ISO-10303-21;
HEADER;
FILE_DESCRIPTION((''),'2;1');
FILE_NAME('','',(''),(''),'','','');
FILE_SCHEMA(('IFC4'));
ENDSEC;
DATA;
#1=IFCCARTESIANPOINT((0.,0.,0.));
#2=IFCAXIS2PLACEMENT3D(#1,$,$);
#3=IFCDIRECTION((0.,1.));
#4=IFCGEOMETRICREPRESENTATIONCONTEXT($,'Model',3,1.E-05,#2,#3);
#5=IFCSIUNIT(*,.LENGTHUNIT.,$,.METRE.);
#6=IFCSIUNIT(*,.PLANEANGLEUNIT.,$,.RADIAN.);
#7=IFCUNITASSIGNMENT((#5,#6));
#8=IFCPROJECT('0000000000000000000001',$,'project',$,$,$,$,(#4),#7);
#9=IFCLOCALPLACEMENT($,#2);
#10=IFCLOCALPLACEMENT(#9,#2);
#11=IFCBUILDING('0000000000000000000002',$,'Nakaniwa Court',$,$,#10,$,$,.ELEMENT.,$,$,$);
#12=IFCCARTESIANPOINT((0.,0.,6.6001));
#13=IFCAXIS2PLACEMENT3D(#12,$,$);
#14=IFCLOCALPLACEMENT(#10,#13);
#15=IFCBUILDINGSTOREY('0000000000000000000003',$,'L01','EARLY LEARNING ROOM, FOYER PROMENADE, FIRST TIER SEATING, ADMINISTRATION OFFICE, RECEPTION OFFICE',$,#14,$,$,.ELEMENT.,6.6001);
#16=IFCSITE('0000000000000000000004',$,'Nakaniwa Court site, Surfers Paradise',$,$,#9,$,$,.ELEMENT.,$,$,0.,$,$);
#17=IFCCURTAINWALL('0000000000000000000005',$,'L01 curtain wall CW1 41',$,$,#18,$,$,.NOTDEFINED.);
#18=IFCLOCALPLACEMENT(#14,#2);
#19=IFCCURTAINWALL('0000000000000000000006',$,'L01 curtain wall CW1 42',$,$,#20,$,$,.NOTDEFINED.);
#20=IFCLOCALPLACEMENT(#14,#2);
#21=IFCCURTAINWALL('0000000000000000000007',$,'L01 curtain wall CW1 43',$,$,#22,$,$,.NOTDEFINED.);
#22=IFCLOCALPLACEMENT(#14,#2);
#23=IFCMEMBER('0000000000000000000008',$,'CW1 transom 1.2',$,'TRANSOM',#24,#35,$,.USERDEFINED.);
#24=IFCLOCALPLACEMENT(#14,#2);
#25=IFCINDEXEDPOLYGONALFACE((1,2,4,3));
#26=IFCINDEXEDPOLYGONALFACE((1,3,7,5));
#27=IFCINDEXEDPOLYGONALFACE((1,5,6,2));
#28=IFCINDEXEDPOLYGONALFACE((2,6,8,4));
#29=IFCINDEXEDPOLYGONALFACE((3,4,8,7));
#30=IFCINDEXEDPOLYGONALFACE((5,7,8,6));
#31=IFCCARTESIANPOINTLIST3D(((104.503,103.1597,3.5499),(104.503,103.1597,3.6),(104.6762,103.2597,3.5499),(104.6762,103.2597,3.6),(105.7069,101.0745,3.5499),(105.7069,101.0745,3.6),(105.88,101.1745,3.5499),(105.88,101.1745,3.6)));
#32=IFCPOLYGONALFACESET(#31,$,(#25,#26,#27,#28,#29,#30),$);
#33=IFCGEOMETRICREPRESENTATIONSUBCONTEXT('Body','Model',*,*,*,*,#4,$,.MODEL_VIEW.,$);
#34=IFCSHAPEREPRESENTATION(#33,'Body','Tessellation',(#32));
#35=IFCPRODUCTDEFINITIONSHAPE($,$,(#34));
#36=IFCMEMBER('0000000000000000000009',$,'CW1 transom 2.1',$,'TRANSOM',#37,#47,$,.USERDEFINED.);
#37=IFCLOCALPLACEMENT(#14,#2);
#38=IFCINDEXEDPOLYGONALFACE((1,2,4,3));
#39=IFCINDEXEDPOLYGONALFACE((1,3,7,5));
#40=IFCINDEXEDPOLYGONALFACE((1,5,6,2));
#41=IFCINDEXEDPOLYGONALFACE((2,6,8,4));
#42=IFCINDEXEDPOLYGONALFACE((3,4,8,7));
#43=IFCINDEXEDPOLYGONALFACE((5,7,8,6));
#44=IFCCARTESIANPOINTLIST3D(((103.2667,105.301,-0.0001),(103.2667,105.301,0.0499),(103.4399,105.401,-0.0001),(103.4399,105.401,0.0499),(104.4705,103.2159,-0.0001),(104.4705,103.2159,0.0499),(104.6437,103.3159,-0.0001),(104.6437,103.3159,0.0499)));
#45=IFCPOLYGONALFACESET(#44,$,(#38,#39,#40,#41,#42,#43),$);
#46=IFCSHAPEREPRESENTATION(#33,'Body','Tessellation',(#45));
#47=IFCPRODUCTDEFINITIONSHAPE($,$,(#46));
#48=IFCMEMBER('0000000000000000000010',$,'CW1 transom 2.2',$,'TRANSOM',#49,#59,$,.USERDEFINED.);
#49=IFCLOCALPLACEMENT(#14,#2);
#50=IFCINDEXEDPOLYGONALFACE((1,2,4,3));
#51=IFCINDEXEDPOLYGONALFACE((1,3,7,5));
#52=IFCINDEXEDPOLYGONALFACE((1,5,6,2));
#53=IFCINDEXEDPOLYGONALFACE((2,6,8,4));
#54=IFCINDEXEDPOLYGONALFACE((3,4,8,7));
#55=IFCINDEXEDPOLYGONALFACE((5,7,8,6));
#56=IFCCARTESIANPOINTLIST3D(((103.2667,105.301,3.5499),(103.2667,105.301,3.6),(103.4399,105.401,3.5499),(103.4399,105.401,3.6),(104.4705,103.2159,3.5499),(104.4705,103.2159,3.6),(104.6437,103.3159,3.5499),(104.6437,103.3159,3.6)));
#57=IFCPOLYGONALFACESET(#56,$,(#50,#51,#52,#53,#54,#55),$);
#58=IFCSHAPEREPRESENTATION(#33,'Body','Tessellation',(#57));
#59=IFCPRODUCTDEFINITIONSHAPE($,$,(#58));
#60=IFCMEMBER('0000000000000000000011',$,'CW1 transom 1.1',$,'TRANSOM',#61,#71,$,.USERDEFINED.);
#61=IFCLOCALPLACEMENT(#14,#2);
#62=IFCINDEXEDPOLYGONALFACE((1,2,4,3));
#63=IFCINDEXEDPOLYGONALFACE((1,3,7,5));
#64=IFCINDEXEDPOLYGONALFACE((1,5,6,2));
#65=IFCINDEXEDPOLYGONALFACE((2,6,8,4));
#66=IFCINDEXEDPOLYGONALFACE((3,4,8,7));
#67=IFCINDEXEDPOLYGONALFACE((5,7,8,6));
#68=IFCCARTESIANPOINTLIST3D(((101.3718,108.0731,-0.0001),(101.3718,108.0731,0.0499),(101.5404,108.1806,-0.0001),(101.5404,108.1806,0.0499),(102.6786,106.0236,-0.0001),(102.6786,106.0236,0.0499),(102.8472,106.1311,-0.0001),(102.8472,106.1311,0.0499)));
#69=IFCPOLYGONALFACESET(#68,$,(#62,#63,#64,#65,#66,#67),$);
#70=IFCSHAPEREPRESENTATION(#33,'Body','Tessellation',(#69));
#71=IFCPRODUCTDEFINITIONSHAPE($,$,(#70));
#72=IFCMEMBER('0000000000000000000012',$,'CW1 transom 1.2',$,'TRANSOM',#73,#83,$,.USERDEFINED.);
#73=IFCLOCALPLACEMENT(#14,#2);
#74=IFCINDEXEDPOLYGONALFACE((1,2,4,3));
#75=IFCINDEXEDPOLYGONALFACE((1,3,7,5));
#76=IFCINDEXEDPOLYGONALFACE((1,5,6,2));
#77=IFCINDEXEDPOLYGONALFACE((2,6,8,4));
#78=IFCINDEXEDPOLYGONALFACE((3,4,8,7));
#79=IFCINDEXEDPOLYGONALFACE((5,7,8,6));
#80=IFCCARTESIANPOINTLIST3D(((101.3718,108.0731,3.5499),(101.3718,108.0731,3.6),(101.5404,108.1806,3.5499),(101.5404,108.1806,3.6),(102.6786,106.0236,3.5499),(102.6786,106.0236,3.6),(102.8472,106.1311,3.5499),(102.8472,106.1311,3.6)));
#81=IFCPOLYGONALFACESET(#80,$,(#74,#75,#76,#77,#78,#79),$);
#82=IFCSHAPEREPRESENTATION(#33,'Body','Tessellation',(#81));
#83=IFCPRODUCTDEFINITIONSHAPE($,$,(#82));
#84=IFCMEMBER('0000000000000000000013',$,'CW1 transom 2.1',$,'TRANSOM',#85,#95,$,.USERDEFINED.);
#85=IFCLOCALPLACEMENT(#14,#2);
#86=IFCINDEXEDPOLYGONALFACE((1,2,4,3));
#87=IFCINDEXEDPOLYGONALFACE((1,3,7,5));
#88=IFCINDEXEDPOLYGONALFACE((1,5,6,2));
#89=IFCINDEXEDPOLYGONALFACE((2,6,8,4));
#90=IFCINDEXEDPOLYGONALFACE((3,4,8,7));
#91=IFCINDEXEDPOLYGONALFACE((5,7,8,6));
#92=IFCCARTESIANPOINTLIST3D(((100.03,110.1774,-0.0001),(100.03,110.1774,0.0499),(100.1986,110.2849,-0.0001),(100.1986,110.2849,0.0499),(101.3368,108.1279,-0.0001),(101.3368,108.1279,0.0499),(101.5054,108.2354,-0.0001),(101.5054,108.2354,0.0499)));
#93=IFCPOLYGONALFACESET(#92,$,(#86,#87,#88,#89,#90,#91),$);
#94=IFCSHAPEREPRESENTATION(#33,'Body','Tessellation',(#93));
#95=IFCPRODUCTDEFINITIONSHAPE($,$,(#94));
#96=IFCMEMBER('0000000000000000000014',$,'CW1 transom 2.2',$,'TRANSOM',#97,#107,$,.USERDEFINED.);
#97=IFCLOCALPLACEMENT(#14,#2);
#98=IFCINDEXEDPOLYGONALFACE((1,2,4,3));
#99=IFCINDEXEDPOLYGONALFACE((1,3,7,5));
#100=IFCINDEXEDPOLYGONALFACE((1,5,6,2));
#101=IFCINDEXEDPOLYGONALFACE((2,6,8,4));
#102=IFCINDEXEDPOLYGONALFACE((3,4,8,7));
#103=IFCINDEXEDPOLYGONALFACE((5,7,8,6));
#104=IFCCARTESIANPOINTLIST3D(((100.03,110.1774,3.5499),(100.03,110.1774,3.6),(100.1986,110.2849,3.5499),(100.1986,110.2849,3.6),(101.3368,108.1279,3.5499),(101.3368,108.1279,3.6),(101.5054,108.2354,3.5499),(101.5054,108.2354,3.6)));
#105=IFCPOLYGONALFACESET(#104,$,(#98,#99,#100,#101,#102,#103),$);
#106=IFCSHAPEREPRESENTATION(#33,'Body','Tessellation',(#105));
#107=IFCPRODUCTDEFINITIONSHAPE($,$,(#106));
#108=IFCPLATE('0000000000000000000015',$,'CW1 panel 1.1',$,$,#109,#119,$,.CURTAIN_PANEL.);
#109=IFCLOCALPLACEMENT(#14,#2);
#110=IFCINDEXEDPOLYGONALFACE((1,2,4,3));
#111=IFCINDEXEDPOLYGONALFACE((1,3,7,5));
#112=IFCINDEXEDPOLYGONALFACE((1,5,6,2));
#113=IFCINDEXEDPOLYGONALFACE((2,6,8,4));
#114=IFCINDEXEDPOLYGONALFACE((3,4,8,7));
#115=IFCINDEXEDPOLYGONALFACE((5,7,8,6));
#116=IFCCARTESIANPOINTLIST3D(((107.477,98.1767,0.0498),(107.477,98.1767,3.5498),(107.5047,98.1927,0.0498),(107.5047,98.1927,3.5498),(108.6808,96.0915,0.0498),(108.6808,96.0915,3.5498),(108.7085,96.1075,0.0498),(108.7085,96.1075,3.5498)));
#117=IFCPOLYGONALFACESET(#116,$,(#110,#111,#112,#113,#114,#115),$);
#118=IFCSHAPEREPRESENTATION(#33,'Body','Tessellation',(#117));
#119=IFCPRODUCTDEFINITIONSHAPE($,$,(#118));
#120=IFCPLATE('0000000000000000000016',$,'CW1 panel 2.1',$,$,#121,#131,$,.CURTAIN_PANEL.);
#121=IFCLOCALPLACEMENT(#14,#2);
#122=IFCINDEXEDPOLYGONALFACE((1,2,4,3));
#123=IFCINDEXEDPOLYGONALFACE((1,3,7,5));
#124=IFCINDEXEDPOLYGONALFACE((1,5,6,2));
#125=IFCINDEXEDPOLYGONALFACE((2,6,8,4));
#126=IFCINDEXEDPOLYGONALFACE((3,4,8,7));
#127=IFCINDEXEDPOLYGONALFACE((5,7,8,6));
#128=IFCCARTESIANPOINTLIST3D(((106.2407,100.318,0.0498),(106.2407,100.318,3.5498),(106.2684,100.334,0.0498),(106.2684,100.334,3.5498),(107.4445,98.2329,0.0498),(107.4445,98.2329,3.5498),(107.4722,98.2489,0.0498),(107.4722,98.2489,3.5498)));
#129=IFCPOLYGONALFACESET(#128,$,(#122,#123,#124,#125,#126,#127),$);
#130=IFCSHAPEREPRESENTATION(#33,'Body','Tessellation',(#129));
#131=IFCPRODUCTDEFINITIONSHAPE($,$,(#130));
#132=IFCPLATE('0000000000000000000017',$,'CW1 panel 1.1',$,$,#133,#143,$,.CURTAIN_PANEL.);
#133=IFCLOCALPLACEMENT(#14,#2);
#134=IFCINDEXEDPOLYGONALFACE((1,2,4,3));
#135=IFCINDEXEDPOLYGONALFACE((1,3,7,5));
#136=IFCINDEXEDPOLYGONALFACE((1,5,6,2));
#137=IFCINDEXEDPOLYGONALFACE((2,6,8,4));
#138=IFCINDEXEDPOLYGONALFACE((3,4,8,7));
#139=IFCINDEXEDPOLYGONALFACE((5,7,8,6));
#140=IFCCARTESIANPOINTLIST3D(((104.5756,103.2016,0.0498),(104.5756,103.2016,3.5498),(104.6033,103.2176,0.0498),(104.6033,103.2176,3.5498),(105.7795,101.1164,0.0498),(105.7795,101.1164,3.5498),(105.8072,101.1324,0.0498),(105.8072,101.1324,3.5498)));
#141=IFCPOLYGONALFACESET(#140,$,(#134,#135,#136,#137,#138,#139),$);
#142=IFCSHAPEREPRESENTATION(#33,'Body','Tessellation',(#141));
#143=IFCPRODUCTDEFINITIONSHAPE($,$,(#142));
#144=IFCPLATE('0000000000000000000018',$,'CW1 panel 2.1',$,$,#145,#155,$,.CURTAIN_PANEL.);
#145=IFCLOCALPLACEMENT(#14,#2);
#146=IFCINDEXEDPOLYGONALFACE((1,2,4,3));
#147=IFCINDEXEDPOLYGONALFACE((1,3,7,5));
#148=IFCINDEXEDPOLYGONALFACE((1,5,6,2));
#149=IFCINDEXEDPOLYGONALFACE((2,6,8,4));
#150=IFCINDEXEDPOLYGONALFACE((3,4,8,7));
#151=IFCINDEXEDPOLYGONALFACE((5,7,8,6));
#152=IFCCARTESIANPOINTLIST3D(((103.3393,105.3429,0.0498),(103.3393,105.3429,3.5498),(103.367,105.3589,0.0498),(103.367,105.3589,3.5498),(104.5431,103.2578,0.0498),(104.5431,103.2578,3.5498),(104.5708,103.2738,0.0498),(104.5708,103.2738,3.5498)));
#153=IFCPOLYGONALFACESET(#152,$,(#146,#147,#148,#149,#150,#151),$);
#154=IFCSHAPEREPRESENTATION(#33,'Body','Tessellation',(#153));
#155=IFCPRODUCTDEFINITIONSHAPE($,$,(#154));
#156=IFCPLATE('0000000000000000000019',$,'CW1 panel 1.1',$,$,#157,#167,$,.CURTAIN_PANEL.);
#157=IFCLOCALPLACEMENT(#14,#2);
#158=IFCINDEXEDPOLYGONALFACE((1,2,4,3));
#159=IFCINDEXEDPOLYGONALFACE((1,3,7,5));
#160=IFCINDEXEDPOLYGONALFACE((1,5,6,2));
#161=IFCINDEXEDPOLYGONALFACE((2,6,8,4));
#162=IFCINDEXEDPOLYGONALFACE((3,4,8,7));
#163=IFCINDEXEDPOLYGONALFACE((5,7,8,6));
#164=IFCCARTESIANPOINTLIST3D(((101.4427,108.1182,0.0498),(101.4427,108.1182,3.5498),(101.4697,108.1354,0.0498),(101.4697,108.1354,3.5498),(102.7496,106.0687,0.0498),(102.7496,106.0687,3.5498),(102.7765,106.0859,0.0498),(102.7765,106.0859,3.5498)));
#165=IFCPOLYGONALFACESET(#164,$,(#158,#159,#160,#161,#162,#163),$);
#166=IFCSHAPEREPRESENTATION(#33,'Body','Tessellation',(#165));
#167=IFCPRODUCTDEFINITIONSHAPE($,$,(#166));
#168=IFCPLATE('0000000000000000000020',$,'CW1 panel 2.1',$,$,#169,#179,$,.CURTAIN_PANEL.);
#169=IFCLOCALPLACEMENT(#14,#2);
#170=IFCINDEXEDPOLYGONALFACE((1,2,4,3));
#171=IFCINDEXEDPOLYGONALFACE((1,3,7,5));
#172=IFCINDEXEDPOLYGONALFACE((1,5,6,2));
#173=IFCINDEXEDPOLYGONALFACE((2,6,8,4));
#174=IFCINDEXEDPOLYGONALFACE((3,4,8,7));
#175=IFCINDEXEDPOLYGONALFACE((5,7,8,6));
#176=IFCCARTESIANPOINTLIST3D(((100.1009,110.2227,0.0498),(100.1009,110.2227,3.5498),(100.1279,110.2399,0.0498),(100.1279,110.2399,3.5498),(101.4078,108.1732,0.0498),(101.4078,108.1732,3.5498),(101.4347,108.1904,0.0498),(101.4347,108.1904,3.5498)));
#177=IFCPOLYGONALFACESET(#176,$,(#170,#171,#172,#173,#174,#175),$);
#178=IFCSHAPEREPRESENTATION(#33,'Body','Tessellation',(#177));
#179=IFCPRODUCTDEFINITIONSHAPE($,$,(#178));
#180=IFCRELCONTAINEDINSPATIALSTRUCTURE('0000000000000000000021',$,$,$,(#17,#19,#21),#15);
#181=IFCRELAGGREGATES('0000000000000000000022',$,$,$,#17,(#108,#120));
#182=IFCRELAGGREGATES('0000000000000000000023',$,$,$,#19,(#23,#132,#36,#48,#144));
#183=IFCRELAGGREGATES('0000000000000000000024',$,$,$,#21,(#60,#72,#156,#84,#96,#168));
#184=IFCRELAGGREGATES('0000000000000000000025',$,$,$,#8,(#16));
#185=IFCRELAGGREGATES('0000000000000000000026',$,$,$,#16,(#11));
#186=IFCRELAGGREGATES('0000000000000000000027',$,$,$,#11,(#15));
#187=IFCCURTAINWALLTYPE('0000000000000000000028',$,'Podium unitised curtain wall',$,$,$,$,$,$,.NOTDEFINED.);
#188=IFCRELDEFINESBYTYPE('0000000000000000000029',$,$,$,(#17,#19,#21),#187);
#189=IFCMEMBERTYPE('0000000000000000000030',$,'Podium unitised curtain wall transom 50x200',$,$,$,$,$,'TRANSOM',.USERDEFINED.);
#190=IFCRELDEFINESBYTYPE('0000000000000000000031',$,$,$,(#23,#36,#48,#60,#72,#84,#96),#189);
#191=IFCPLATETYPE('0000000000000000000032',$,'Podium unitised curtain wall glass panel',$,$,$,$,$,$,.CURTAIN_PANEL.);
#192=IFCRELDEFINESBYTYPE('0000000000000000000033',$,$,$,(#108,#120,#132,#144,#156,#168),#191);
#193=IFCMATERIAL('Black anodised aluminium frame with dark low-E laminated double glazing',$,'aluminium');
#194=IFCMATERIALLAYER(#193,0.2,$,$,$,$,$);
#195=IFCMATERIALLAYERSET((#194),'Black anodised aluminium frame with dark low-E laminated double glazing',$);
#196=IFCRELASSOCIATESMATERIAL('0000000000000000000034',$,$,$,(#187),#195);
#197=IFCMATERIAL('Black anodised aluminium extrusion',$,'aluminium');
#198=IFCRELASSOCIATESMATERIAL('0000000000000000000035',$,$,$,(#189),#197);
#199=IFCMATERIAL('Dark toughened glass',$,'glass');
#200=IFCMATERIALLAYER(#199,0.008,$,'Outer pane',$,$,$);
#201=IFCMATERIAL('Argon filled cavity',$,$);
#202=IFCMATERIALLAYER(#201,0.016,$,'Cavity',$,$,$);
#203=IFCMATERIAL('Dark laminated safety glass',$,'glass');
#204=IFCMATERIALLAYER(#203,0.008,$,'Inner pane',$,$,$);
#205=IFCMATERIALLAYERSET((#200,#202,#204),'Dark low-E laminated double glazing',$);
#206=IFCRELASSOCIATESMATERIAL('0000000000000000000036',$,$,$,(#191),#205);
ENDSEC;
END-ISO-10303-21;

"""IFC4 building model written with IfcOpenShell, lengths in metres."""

from ifc_helpers import new_model, si_unit, direction, frame, origin, origin_2d, place, context, subcontext, project, spatial, rectangle, extrude, material, layer, layer_set, material_profile, profile_set, type_object, element, aggregate, save


model = new_model("IFC4")

# Units and contexts
model_context = context("Model", 3, precision=1e-05, world=origin(), true_north=direction((0.0, 1.0)))
body_context = subcontext(model_context, "Body", "Model", "MODEL_VIEW")
ifc_project = project(units=[si_unit("LENGTHUNIT", "METRE"), si_unit("PLANEANGLEUNIT", "RADIAN")], contexts=[model_context])

# Site, building, storey
site_placement = place(None, origin())
site = spatial("IfcSite", under=ifc_project, at=site_placement, Name="Nakaniwa Court site, Surfers Paradise", CompositionType="ELEMENT", RefElevation=0.0)
building_placement = place(site_placement, origin())
building = spatial("IfcBuilding", under=site, at=building_placement, Name="Nakaniwa Court", CompositionType="ELEMENT")
storey_placement = place(building_placement, frame((0.0, 0.0, 6.6001)))
storey = spatial("IfcBuildingStorey", under=building, at=storey_placement, Name="L01", Description="EARLY LEARNING ROOM, FOYER PROMENADE, FIRST TIER SEATING, ADMINISTRATION OFFICE, RECEPTION OFFICE", CompositionType="ELEMENT", Elevation=6.6001)

# Curtain walls
ifc_material_1 = material(Name="Black anodised aluminium frame with dark low-E laminated double glazing", Category="aluminium")
ifc_layer_1 = layer(ifc_material_1, 0.2)
ifc_layer_set_1 = layer_set([ifc_layer_1], Name="Black anodised aluminium frame with dark low-E laminated double glazing")
curtain_wall_type = type_object("IfcCurtainWallType", Name="Podium unitised curtain wall", PredefinedType="NOTDEFINED", material=ifc_layer_set_1)
curtain_wall_1_placement = place(storey_placement, origin())
curtain_wall_1 = element("IfcCurtainWall", 1, at=curtain_wall_1_placement, inside=storey, type_object=curtain_wall_type, Name="L01 curtain wall CW1 41", PredefinedType="NOTDEFINED")
ifc_material_2 = material(Name="Black anodised aluminium extrusion", Category="aluminium")
curtain_wall_2_placement = place(storey_placement, origin())
curtain_wall_2 = element("IfcCurtainWall", 2, at=curtain_wall_2_placement, inside=storey, type_object=curtain_wall_type, Name="L01 curtain wall CW1 42", PredefinedType="NOTDEFINED")
curtain_wall_3_placement = place(storey_placement, origin())
curtain_wall_3 = element("IfcCurtainWall", 3, at=curtain_wall_3_placement, inside=storey, type_object=curtain_wall_type, Name="L01 curtain wall CW1 43", PredefinedType="NOTDEFINED")

# Members
ifc_material_profile_1 = material_profile(ifc_material_2, rectangle(XDim=0.2, YDim=0.05, at=origin_2d()), Name="Podium unitised curtain wall transom 50x200")
ifc_profile_set_1 = profile_set([ifc_material_profile_1], Name="Black anodised aluminium extrusion")
member_type_1 = type_object("IfcMemberType", Name="Podium unitised curtain wall transom 50x200", ElementType="TRANSOM", PredefinedType="USERDEFINED", material=ifc_profile_set_1)
member_1_placement = place(storey_placement, frame((105.7935, 101.1245, 3.575), z_axis=(-0.499989, 0.866032, 0.0), x_axis=(-0.866032, -0.499989, 0.0)))
member_1 = element("IfcMember", 4, at=member_1_placement, type_object=member_type_1, Name="CW1 transom 1.2", ObjectType="TRANSOM", PredefinedType="USERDEFINED", context=body_context, shape_type="SweptSolid", body=[
    extrude(rectangle(XDim=0.2, YDim=0.05, at=origin_2d()), origin(), (0.0, 0.0, 1.0), 2.4077),
])
member_2_placement = place(storey_placement, frame((104.5571, 103.2659, 0.0249), z_axis=(-0.499989, 0.866032, 0.0), x_axis=(-0.866032, -0.499989, 0.0)))
member_2 = element("IfcMember", 5, at=member_2_placement, type_object=member_type_1, Name="CW1 transom 2.1", ObjectType="TRANSOM", PredefinedType="USERDEFINED", context=body_context, shape_type="SweptSolid", body=[
    extrude(rectangle(XDim=0.2, YDim=0.05, at=origin_2d()), origin(), (0.0, 0.0, 1.0), 2.4077),
])
member_3_placement = place(storey_placement, frame((104.5571, 103.2659, 3.575), z_axis=(-0.499989, 0.866032, 0.0), x_axis=(-0.866032, -0.499989, 0.0)))
member_3 = element("IfcMember", 6, at=member_3_placement, type_object=member_type_1, Name="CW1 transom 2.2", ObjectType="TRANSOM", PredefinedType="USERDEFINED", context=body_context, shape_type="SweptSolid", body=[
    extrude(rectangle(XDim=0.2, YDim=0.05, at=origin_2d()), origin(), (0.0, 0.0, 1.0), 2.4077),
])
member_4_placement = place(storey_placement, frame((102.7629, 106.0774, 0.0249), z_axis=(-0.537642, 0.843173, 0.0), x_axis=(-0.843173, -0.537642, 0.0)))
member_4 = element("IfcMember", 7, at=member_4_placement, type_object=member_type_1, Name="CW1 transom 1.1", ObjectType="TRANSOM", PredefinedType="USERDEFINED", context=body_context, shape_type="SweptSolid", body=[
    extrude(rectangle(XDim=0.2, YDim=0.05, at=origin_2d()), origin(), (0.0, 0.0, 1.0), 2.4307),
])
member_5_placement = place(storey_placement, frame((102.7629, 106.0774, 3.575), z_axis=(-0.537642, 0.843173, 0.0), x_axis=(-0.843173, -0.537642, 0.0)))
member_5 = element("IfcMember", 8, at=member_5_placement, type_object=member_type_1, Name="CW1 transom 1.2", ObjectType="TRANSOM", PredefinedType="USERDEFINED", context=body_context, shape_type="SweptSolid", body=[
    extrude(rectangle(XDim=0.2, YDim=0.05, at=origin_2d()), origin(), (0.0, 0.0, 1.0), 2.4307),
])
member_6_placement = place(storey_placement, frame((101.4211, 108.1816, 0.0249), z_axis=(-0.537642, 0.843173, 0.0), x_axis=(-0.843173, -0.537642, 0.0)))
member_6 = element("IfcMember", 9, at=member_6_placement, type_object=member_type_1, Name="CW1 transom 2.1", ObjectType="TRANSOM", PredefinedType="USERDEFINED", context=body_context, shape_type="SweptSolid", body=[
    extrude(rectangle(XDim=0.2, YDim=0.05, at=origin_2d()), origin(), (0.0, 0.0, 1.0), 2.4307),
])
member_7_placement = place(storey_placement, frame((101.4211, 108.1816, 3.575), z_axis=(-0.537642, 0.843173, 0.0), x_axis=(-0.843173, -0.537642, 0.0)))
member_7 = element("IfcMember", 10, at=member_7_placement, type_object=member_type_1, Name="CW1 transom 2.2", ObjectType="TRANSOM", PredefinedType="USERDEFINED", context=body_context, shape_type="SweptSolid", body=[
    extrude(rectangle(XDim=0.2, YDim=0.05, at=origin_2d()), origin(), (0.0, 0.0, 1.0), 2.4307),
])

# Plates
ifc_material_3 = material(Name="Dark toughened glass", Category="glass")
ifc_layer_2 = layer(ifc_material_3, 0.008, Name="Outer pane")
ifc_material_4 = material(Name="Argon filled cavity")
ifc_layer_3 = layer(ifc_material_4, 0.016, Name="Cavity")
ifc_material_5 = material(Name="Dark laminated safety glass", Category="glass")
ifc_layer_4 = layer(ifc_material_5, 0.008, Name="Inner pane")
ifc_layer_set_2 = layer_set([ifc_layer_2, ifc_layer_3, ifc_layer_4], Name="Dark low-E laminated double glazing")
plate_type = type_object("IfcPlateType", Name="Podium unitised curtain wall glass panel", PredefinedType="CURTAIN_PANEL", material=ifc_layer_set_2)
plate_1_placement = place(storey_placement, frame((108.0928, 97.1421, 0.0498), z_axis=(0.0, 0.0, 1.0), x_axis=(-0.499994, 0.866029, 0.0)))
plate_1 = element("IfcPlate", 11, at=plate_1_placement, type_object=plate_type, Name="CW1 panel 1.1", PredefinedType="CURTAIN_PANEL", context=body_context, shape_type="SweptSolid", body=[
    extrude(rectangle(XDim=2.4077, YDim=0.032, at=origin_2d()), origin(), (0.0, 0.0, 1.0), 3.5),
])
plate_2_placement = place(storey_placement, frame((106.8564, 99.2834, 0.0498), z_axis=(0.0, 0.0, 1.0), x_axis=(-0.499994, 0.866029, 0.0)))
plate_2 = element("IfcPlate", 12, at=plate_2_placement, type_object=plate_type, Name="CW1 panel 2.1", PredefinedType="CURTAIN_PANEL", context=body_context, shape_type="SweptSolid", body=[
    extrude(rectangle(XDim=2.4077, YDim=0.032, at=origin_2d()), origin(), (0.0, 0.0, 1.0), 3.5),
])
aggregate(curtain_wall_1, [plate_1, plate_2])
plate_3_placement = place(storey_placement, frame((105.1914, 102.167, 0.0498), z_axis=(0.0, 0.0, 1.0), x_axis=(-0.499988, 0.866032, 0.0)))
plate_3 = element("IfcPlate", 13, at=plate_3_placement, type_object=plate_type, Name="CW1 panel 1.1", PredefinedType="CURTAIN_PANEL", context=body_context, shape_type="SweptSolid", body=[
    extrude(rectangle(XDim=2.4077, YDim=0.032, at=origin_2d()), origin(), (0.0, 0.0, 1.0), 3.5),
])
plate_4_placement = place(storey_placement, frame((103.9551, 104.3083, 0.0498), z_axis=(0.0, 0.0, 1.0), x_axis=(-0.499988, 0.866032, 0.0)))
plate_4 = element("IfcPlate", 14, at=plate_4_placement, type_object=plate_type, Name="CW1 panel 2.1", PredefinedType="CURTAIN_PANEL", context=body_context, shape_type="SweptSolid", body=[
    extrude(rectangle(XDim=2.4077, YDim=0.032, at=origin_2d()), origin(), (0.0, 0.0, 1.0), 3.5),
])
aggregate(curtain_wall_2, [member_1, plate_3, member_2, member_3, plate_4])
plate_5_placement = place(storey_placement, frame((102.1096, 107.1021, 0.0498), z_axis=(0.0, 0.0, 1.0), x_axis=(-0.537644, 0.843172, 0.0)))
plate_5 = element("IfcPlate", 15, at=plate_5_placement, type_object=plate_type, Name="CW1 panel 1.1", PredefinedType="CURTAIN_PANEL", context=body_context, shape_type="SweptSolid", body=[
    extrude(rectangle(XDim=2.4307, YDim=0.032, at=origin_2d()), origin(), (0.0, 0.0, 1.0), 3.5),
])
plate_6_placement = place(storey_placement, frame((100.7678, 109.2065, 0.0498), z_axis=(0.0, 0.0, 1.0), x_axis=(-0.537644, 0.843172, 0.0)))
plate_6 = element("IfcPlate", 16, at=plate_6_placement, type_object=plate_type, Name="CW1 panel 2.1", PredefinedType="CURTAIN_PANEL", context=body_context, shape_type="SweptSolid", body=[
    extrude(rectangle(XDim=2.4307, YDim=0.032, at=origin_2d()), origin(), (0.0, 0.0, 1.0), 3.5),
])
aggregate(curtain_wall_3, [member_4, member_5, plate_5, member_6, member_7, plate_6])

save(model, "model.ifc")
